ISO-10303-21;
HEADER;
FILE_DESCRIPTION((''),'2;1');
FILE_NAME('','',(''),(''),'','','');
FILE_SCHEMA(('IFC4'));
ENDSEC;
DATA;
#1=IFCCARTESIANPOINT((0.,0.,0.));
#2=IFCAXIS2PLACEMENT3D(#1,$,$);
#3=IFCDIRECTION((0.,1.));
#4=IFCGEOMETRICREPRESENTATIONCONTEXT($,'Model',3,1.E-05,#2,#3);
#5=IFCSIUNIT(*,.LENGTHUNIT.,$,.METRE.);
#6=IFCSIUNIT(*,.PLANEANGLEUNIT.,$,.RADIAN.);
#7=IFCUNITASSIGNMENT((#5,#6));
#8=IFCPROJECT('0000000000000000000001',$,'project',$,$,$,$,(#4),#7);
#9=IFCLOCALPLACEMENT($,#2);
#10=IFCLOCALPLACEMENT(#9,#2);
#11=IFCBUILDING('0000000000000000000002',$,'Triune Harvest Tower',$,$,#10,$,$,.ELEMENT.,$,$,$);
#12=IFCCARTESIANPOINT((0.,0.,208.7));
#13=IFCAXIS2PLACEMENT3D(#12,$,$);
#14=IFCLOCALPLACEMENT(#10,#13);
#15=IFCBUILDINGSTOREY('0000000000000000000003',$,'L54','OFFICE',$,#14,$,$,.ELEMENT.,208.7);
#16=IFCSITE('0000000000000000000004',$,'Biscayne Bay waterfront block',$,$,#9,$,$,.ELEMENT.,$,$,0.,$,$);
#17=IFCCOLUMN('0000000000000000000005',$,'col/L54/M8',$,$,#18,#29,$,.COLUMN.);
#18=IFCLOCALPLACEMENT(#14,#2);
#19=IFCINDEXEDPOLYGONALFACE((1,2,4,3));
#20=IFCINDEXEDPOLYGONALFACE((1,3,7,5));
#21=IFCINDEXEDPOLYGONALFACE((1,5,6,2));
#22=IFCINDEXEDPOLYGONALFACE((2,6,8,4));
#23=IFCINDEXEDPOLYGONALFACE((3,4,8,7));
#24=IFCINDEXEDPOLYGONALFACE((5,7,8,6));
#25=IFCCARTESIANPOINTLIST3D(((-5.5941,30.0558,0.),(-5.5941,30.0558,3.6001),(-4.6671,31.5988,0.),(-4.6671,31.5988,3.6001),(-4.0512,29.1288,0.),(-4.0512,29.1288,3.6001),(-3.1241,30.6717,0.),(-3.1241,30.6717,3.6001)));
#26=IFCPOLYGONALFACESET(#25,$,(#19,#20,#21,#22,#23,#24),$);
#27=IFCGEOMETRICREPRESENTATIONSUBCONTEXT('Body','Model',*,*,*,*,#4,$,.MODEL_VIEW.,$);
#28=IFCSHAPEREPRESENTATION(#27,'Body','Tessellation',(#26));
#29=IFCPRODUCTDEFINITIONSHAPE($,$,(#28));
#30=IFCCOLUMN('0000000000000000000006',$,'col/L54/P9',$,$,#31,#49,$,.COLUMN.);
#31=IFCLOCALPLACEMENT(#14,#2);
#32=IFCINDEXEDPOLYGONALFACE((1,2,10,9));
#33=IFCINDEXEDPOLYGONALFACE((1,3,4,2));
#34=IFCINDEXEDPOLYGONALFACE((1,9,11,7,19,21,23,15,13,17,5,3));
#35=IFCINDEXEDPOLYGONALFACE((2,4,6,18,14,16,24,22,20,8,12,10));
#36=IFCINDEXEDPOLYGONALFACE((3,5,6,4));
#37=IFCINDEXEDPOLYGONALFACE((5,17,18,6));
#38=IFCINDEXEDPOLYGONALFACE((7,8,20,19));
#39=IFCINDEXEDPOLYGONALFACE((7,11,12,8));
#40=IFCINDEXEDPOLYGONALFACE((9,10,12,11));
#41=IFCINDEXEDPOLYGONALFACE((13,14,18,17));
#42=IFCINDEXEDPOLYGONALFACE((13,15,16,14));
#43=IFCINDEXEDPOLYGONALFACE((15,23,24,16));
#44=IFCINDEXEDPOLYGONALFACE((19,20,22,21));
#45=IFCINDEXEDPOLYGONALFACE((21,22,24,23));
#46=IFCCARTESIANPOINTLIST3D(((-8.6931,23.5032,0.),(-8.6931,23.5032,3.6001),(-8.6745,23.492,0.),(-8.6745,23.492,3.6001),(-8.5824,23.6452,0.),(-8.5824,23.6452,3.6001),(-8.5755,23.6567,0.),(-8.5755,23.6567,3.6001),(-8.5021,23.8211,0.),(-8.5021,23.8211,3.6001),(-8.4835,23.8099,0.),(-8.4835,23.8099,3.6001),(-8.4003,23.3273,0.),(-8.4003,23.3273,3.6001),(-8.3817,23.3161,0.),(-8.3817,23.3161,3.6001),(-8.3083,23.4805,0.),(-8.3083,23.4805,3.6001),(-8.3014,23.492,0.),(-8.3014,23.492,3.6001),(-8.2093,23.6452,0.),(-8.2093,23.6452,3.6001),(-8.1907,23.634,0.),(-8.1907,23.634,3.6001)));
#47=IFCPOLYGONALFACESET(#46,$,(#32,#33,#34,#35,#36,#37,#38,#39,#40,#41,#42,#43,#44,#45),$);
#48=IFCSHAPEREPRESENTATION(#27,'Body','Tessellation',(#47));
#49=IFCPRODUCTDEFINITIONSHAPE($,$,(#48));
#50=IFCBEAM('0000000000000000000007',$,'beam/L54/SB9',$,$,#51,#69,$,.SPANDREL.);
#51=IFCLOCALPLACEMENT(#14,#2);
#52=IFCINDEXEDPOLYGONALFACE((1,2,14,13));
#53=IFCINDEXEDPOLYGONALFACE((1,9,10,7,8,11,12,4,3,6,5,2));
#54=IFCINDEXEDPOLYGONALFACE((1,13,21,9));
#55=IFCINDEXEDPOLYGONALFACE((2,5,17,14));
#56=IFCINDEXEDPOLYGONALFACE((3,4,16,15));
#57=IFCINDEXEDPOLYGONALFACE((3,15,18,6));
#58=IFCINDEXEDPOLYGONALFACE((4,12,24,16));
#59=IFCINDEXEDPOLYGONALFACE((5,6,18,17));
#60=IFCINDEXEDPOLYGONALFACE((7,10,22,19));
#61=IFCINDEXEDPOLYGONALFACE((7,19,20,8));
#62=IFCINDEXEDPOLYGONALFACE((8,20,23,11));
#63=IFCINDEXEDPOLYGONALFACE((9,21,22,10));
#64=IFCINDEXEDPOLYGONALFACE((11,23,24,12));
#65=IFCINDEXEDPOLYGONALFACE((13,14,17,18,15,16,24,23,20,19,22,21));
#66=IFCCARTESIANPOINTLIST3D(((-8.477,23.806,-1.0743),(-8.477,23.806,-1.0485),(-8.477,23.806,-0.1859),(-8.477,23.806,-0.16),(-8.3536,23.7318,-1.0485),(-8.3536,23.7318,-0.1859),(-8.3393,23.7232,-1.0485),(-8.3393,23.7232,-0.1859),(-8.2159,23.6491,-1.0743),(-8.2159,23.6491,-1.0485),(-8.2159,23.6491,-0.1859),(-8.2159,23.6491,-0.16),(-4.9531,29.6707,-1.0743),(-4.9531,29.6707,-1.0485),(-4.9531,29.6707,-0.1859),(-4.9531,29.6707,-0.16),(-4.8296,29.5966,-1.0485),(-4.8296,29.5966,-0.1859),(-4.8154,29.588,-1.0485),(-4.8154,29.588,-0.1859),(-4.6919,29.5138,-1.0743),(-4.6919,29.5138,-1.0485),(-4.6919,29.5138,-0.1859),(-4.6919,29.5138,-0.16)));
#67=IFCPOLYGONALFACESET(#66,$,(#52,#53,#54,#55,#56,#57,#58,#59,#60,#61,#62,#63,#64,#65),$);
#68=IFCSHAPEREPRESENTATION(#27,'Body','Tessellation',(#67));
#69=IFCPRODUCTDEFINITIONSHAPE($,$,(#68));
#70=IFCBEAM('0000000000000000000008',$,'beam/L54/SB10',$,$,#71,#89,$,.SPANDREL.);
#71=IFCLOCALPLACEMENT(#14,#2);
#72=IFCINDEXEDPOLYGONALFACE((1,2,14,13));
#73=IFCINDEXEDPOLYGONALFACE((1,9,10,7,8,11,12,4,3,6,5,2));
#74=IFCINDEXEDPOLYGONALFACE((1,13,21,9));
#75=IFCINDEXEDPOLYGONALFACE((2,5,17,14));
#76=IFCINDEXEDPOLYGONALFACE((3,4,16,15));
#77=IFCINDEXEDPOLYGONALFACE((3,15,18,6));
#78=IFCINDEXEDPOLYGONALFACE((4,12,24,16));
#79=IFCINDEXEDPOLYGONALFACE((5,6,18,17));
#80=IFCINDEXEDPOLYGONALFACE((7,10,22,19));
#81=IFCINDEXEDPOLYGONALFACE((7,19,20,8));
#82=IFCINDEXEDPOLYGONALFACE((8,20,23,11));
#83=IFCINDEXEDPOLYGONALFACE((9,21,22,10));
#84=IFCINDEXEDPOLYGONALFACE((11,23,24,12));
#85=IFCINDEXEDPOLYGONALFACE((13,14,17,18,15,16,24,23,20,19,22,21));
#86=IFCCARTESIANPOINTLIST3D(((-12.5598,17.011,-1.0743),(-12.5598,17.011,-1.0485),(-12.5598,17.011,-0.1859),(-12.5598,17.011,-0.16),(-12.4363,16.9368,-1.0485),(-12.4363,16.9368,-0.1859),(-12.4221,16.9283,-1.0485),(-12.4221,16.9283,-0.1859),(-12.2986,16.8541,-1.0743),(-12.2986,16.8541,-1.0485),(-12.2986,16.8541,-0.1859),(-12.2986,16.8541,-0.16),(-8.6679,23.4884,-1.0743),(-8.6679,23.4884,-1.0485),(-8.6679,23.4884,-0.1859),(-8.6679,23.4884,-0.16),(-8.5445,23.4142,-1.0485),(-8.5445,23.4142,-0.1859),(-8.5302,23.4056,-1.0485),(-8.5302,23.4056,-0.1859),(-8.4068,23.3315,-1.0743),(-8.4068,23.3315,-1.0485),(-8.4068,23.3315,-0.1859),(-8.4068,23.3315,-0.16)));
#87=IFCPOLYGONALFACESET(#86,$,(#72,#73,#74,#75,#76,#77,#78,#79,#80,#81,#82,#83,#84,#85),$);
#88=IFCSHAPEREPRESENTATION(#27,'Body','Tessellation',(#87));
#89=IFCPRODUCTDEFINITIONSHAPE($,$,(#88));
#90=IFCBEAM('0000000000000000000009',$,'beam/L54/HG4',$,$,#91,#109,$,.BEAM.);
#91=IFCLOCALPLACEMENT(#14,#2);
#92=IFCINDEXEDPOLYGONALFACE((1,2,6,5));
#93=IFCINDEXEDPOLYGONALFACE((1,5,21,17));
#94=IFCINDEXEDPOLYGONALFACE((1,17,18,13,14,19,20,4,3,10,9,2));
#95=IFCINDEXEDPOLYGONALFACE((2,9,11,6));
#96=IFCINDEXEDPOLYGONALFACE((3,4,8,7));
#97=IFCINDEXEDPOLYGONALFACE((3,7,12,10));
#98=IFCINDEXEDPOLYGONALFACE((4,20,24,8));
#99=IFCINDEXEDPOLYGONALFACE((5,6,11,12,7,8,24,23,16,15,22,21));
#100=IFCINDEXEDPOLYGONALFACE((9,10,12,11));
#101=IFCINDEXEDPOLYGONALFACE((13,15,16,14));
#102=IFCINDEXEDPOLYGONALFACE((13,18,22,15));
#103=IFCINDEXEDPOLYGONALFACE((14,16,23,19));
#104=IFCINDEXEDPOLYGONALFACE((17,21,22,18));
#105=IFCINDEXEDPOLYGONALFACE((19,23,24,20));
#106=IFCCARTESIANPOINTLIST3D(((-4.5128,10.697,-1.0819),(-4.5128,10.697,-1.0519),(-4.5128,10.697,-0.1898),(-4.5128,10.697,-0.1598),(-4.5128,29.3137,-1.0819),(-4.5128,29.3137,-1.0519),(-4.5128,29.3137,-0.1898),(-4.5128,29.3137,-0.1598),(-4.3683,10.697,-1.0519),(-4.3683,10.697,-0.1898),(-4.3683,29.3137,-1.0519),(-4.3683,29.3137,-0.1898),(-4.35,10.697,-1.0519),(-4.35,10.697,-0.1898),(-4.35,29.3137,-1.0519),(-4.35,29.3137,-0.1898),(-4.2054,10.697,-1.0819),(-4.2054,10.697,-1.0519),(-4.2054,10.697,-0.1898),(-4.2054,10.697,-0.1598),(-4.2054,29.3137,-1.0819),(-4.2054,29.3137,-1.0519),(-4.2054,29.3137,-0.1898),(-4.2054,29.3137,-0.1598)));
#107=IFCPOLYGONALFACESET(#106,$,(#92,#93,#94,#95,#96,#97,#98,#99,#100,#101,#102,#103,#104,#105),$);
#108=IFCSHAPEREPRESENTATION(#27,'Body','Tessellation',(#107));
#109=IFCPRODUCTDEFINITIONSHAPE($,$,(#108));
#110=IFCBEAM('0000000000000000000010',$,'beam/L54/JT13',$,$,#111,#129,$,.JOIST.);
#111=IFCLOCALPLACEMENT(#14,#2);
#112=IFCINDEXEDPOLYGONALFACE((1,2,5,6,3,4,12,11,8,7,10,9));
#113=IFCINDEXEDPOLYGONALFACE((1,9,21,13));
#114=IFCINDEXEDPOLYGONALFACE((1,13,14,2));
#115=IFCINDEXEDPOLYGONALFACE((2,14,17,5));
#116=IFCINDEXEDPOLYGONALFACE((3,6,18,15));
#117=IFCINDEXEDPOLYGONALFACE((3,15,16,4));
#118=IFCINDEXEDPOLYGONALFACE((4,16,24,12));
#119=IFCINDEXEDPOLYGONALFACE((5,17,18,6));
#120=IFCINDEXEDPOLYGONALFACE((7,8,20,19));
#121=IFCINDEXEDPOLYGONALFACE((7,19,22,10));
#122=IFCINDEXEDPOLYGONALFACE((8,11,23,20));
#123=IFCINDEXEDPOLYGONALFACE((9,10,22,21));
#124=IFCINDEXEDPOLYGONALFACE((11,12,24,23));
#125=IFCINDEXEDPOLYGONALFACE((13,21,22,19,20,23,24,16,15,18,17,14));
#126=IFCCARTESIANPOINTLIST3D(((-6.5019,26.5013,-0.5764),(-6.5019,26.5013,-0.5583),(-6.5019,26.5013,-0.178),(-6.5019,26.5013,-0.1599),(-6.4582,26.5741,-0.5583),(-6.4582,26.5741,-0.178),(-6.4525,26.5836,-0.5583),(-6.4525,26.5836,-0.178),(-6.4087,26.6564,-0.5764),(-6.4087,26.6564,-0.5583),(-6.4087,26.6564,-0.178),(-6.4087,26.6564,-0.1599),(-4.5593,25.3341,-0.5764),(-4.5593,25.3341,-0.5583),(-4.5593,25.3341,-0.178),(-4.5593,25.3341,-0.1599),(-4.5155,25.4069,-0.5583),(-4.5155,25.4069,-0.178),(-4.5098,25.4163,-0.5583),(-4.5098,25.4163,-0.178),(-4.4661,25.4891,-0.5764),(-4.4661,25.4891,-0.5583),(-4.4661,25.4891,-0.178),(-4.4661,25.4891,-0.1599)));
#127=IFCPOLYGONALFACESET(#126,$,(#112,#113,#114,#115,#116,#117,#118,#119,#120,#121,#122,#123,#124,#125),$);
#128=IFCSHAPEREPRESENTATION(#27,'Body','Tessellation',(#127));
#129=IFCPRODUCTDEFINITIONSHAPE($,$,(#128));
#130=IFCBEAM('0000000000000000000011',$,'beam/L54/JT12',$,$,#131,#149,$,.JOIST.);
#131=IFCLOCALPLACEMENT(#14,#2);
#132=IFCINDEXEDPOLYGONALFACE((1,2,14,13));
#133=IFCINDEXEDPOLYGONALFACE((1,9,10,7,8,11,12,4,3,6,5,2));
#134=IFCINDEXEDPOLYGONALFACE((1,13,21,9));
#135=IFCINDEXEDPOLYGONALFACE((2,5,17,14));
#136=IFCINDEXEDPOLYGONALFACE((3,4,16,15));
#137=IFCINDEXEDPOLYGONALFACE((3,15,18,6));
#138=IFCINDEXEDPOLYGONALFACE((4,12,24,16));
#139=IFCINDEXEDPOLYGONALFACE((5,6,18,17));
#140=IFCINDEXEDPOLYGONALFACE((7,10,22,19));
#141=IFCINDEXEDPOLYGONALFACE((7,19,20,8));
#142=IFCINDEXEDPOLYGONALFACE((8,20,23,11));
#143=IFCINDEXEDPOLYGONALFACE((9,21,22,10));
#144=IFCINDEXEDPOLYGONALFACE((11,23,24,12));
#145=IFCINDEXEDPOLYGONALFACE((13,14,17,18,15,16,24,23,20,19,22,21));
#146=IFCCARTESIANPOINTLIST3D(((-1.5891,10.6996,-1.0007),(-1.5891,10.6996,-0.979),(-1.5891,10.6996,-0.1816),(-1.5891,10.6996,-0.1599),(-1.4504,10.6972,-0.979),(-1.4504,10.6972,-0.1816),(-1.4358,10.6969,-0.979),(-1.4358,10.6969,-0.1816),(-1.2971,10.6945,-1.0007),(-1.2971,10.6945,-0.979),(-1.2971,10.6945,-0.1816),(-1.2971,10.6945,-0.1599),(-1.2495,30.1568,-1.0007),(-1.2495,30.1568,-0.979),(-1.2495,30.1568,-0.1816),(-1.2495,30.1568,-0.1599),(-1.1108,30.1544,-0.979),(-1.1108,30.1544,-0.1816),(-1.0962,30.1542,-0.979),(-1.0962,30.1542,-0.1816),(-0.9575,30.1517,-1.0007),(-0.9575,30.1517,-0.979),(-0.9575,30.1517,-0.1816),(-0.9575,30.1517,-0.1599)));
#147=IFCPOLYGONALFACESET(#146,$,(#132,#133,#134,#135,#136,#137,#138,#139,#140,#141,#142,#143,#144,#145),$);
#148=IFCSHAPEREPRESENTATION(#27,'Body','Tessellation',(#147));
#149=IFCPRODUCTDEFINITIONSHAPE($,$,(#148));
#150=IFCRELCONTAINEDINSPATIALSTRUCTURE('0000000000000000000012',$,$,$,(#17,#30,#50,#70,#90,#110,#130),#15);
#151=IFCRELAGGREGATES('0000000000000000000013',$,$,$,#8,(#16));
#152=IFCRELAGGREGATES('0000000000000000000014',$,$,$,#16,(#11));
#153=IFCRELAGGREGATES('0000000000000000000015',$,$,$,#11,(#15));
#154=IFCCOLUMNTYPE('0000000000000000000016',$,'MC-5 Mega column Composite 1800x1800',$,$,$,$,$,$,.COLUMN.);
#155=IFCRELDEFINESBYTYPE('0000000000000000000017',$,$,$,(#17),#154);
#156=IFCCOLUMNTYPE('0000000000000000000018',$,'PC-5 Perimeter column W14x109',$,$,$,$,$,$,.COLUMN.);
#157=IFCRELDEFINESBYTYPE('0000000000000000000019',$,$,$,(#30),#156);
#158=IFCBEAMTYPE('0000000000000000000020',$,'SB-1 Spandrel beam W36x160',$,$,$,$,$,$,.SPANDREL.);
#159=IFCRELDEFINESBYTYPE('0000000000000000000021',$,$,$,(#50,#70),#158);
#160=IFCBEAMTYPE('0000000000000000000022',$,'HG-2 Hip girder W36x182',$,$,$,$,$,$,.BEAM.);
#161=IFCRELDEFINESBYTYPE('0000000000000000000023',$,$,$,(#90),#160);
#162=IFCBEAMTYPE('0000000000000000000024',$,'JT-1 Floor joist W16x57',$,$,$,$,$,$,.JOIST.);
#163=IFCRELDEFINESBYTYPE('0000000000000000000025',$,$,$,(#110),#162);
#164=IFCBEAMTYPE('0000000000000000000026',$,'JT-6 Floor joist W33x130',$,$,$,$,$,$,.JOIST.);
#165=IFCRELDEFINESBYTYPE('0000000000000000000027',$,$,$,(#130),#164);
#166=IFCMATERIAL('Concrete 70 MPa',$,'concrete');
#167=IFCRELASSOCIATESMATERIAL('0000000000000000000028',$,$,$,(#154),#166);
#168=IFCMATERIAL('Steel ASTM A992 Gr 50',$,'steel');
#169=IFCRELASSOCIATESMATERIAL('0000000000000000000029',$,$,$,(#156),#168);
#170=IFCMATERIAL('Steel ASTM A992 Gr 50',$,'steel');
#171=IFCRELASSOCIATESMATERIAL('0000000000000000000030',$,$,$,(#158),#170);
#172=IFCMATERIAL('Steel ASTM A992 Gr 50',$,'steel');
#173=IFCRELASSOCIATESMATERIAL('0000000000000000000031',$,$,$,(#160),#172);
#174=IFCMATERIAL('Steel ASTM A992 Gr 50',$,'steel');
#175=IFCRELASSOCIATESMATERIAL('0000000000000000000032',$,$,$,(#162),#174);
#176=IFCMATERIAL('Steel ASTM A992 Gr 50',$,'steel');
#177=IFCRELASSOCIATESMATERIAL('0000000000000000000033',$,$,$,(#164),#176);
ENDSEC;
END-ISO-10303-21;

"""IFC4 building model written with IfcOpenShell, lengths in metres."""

from ifc_helpers import new_model, si_unit, direction, frame, origin, origin_2d, place, context, subcontext, project, spatial, rectangle, i_section, extrude, source, transform, mapped, material, material_profile, profile_set, type_object, element, save


model = new_model("IFC4")

# Units and contexts
model_context = context("Model", 3, precision=1e-05, world=origin(), true_north=direction((0.0, 1.0)))
body_context = subcontext(model_context, "Body", "Model", "MODEL_VIEW")
ifc_project = project(units=[si_unit("LENGTHUNIT", "METRE"), si_unit("PLANEANGLEUNIT", "RADIAN")], contexts=[model_context])

# Site, building, storey
site_placement = place(None, origin())
site = spatial("IfcSite", under=ifc_project, at=site_placement, Name="Biscayne Bay waterfront block", CompositionType="ELEMENT", RefElevation=0.0)
building_placement = place(site_placement, origin())
building = spatial("IfcBuilding", under=site, at=building_placement, Name="Triune Harvest Tower", CompositionType="ELEMENT")
storey_placement = place(building_placement, frame((0.0, 0.0, 208.7)))
storey = spatial("IfcBuildingStorey", under=building, at=storey_placement, Name="L54", Description="OFFICE", CompositionType="ELEMENT", Elevation=208.7)

# Columns
ifc_material_1 = material(Name="Concrete 70 MPa", Category="concrete")
ifc_material_profile_1 = material_profile(ifc_material_1, rectangle(XDim=1.8, YDim=1.8, at=origin_2d()), Name="Composite 1800x1800")
ifc_profile_set_1 = profile_set([ifc_material_profile_1], Name="Concrete 70 MPa")
column_type_1 = type_object("IfcColumnType", Name="MC-5 Mega column Composite 1800x1800", PredefinedType="COLUMN", material=ifc_profile_set_1)
shared_shape_1 = source(origin(), body_context, "Body", "SweptSolid", [
    extrude(rectangle(XDim=1.8, YDim=1.8, at=origin_2d()), origin(), (0.0, 0.0, 1.0), 3.6001),
])
column_1_placement = place(storey_placement, frame((-4.3591, 30.3638, 0.0), z_axis=(0.0, 0.0, 1.0), x_axis=(-0.515037, -0.857168, 0.0)))
element("IfcColumn", 1, at=column_1_placement, inside=storey, type_object=column_type_1, Name="col/L54/M8", PredefinedType="COLUMN", context=body_context, shape_type="MappedRepresentation", body=[
    mapped(shared_shape_1, transform((0.0, 0.0, 0.0), scale=1.0)),
])
ifc_material_2 = material(Name="Steel ASTM A992 Gr 50", Category="steel")
ifc_material_profile_2 = material_profile(ifc_material_2, i_section(OverallWidth=0.3708, OverallDepth=0.3633, WebThickness=0.0134, FlangeThickness=0.0217, at=origin_2d()), Name="W14x109")
ifc_profile_set_2 = profile_set([ifc_material_profile_2], Name="Steel ASTM A992 Gr 50")
column_type_2 = type_object("IfcColumnType", Name="PC-5 Perimeter column W14x109", PredefinedType="COLUMN", material=ifc_profile_set_2)
shared_shape_2 = source(origin(), body_context, "Body", "SweptSolid", [
    extrude(i_section(OverallWidth=0.3708, OverallDepth=0.3633, WebThickness=0.0134, FlangeThickness=0.0217, at=origin_2d()), origin(), (0.0, 0.0, 1.0), 3.6001),
])
column_2_placement = place(storey_placement, frame((-8.4419, 23.5686, 0.0), z_axis=(0.0, 0.0, 1.0), x_axis=(-0.515037, -0.857168, 0.0)))
element("IfcColumn", 2, at=column_2_placement, inside=storey, type_object=column_type_2, Name="col/L54/P9", PredefinedType="COLUMN", context=body_context, shape_type="MappedRepresentation", body=[
    mapped(shared_shape_2, transform((0.0, 0.0, 0.0), scale=1.0)),
])

# Beams
ifc_material_3 = material(Name="Steel ASTM A992 Gr 50", Category="steel")
ifc_material_profile_3 = material_profile(ifc_material_3, i_section(OverallWidth=0.3047, OverallDepth=0.9143, WebThickness=0.0166, FlangeThickness=0.0259, at=origin_2d()), Name="W36x160")
ifc_profile_set_3 = profile_set([ifc_material_profile_3], Name="Steel ASTM A992 Gr 50")
beam_type_1 = type_object("IfcBeamType", Name="SB-1 Spandrel beam W36x160", PredefinedType="SPANDREL", material=ifc_profile_set_3)
shared_shape_3 = source(origin(), body_context, "Body", "SweptSolid", [
    extrude(i_section(OverallWidth=0.3047, OverallDepth=0.9143, WebThickness=0.0166, FlangeThickness=0.0259, at=origin_2d()), origin(), (0.0, 0.0, 1.0), 6.842),
])
beam_1_placement = place(storey_placement, frame((-4.8225, 29.5923, -0.6172), z_axis=(-0.515041, -0.857165, 0.0), x_axis=(0.857165, -0.515041, 0.0)))
element("IfcBeam", 3, at=beam_1_placement, inside=storey, type_object=beam_type_1, Name="beam/L54/SB9", PredefinedType="SPANDREL", context=body_context, shape_type="MappedRepresentation", body=[
    mapped(shared_shape_3, transform((0.0, 0.0, 0.0), scale=1.0)),
])
shared_shape_4 = source(origin(), body_context, "Body", "SweptSolid", [
    extrude(i_section(OverallWidth=0.3047, OverallDepth=0.9143, WebThickness=0.0166, FlangeThickness=0.0259, at=origin_2d()), origin(), (0.0, 0.0, 1.0), 7.5566),
])
beam_2_placement = place(storey_placement, frame((-8.5374, 23.4099, -0.6172), z_axis=(-0.515028, -0.857173, 0.0), x_axis=(0.857173, -0.515028, 0.0)))
element("IfcBeam", 4, at=beam_2_placement, inside=storey, type_object=beam_type_1, Name="beam/L54/SB10", PredefinedType="SPANDREL", context=body_context, shape_type="MappedRepresentation", body=[
    mapped(shared_shape_4, transform((0.0, 0.0, 0.0), scale=1.0)),
])
ifc_material_4 = material(Name="Steel ASTM A992 Gr 50", Category="steel")
ifc_material_profile_4 = material_profile(ifc_material_4, i_section(OverallWidth=0.3074, OverallDepth=0.9221, WebThickness=0.0183, FlangeThickness=0.03, at=origin_2d()), Name="W36x182")
ifc_profile_set_4 = profile_set([ifc_material_profile_4], Name="Steel ASTM A992 Gr 50")
beam_type_2 = type_object("IfcBeamType", Name="HG-2 Hip girder W36x182", PredefinedType="BEAM", material=ifc_profile_set_4)
shared_shape_5 = source(origin(), body_context, "Body", "SweptSolid", [
    extrude(i_section(OverallWidth=0.3074, OverallDepth=0.9221, WebThickness=0.0183, FlangeThickness=0.03, at=origin_2d()), origin(), (0.0, 0.0, 1.0), 18.6167),
])
beam_3_placement = place(storey_placement, frame((-4.3591, 29.3137, -0.6208), z_axis=(0.0, -1.0, 0.0), x_axis=(1.0, 0.0, 0.0)))
element("IfcBeam", 5, at=beam_3_placement, inside=storey, type_object=beam_type_2, Name="beam/L54/HG4", PredefinedType="BEAM", context=body_context, shape_type="MappedRepresentation", body=[
    mapped(shared_shape_5, transform((0.0, 0.0, 0.0), scale=1.0)),
])
ifc_material_5 = material(Name="Steel ASTM A992 Gr 50", Category="steel")
ifc_material_profile_5 = material_profile(ifc_material_5, i_section(OverallWidth=0.1809, OverallDepth=0.4165, WebThickness=0.011, FlangeThickness=0.0181, at=origin_2d()), Name="W16x57")
ifc_profile_set_5 = profile_set([ifc_material_profile_5], Name="Steel ASTM A992 Gr 50")
beam_type_3 = type_object("IfcBeamType", Name="JT-1 Floor joist W16x57", PredefinedType="JOIST", material=ifc_profile_set_5)
shared_shape_6 = source(origin(), body_context, "Body", "SweptSolid", [
    extrude(i_section(OverallWidth=0.1809, OverallDepth=0.4165, WebThickness=0.011, FlangeThickness=0.0181, at=origin_2d()), origin(), (0.0, 0.0, 1.0), 2.2664),
])
beam_4_placement = place(storey_placement, frame((-6.4553, 26.5789, -0.3682), z_axis=(0.85717, -0.515034, 0.0), x_axis=(0.515034, 0.85717, 0.0)))
element("IfcBeam", 6, at=beam_4_placement, inside=storey, type_object=beam_type_3, Name="beam/L54/JT13", PredefinedType="JOIST", context=body_context, shape_type="MappedRepresentation", body=[
    mapped(shared_shape_6, transform((0.0, 0.0, 0.0), scale=1.0)),
])
ifc_material_6 = material(Name="Steel ASTM A992 Gr 50", Category="steel")
ifc_material_profile_6 = material_profile(ifc_material_6, i_section(OverallWidth=0.292, OverallDepth=0.8408, WebThickness=0.0146, FlangeThickness=0.0217, at=origin_2d()), Name="W33x130")
ifc_profile_set_6 = profile_set([ifc_material_profile_6], Name="Steel ASTM A992 Gr 50")
beam_type_4 = type_object("IfcBeamType", Name="JT-6 Floor joist W33x130", PredefinedType="JOIST", material=ifc_profile_set_6)
shared_shape_7 = source(origin(), body_context, "Body", "SweptSolid", [
    extrude(i_section(OverallWidth=0.292, OverallDepth=0.8408, WebThickness=0.0146, FlangeThickness=0.0217, at=origin_2d()), origin(), (0.0, 0.0, 1.0), 19.4602),
])
beam_5_placement = place(storey_placement, frame((-1.1035, 30.1543, -0.5803), z_axis=(-0.017451, -0.999848, 0.0), x_axis=(0.999848, -0.017451, 0.0)))
element("IfcBeam", 7, at=beam_5_placement, inside=storey, type_object=beam_type_4, Name="beam/L54/JT12", PredefinedType="JOIST", context=body_context, shape_type="MappedRepresentation", body=[
    mapped(shared_shape_7, transform((0.0, 0.0, 0.0), scale=1.0)),
])

save(model, "model.ifc")
